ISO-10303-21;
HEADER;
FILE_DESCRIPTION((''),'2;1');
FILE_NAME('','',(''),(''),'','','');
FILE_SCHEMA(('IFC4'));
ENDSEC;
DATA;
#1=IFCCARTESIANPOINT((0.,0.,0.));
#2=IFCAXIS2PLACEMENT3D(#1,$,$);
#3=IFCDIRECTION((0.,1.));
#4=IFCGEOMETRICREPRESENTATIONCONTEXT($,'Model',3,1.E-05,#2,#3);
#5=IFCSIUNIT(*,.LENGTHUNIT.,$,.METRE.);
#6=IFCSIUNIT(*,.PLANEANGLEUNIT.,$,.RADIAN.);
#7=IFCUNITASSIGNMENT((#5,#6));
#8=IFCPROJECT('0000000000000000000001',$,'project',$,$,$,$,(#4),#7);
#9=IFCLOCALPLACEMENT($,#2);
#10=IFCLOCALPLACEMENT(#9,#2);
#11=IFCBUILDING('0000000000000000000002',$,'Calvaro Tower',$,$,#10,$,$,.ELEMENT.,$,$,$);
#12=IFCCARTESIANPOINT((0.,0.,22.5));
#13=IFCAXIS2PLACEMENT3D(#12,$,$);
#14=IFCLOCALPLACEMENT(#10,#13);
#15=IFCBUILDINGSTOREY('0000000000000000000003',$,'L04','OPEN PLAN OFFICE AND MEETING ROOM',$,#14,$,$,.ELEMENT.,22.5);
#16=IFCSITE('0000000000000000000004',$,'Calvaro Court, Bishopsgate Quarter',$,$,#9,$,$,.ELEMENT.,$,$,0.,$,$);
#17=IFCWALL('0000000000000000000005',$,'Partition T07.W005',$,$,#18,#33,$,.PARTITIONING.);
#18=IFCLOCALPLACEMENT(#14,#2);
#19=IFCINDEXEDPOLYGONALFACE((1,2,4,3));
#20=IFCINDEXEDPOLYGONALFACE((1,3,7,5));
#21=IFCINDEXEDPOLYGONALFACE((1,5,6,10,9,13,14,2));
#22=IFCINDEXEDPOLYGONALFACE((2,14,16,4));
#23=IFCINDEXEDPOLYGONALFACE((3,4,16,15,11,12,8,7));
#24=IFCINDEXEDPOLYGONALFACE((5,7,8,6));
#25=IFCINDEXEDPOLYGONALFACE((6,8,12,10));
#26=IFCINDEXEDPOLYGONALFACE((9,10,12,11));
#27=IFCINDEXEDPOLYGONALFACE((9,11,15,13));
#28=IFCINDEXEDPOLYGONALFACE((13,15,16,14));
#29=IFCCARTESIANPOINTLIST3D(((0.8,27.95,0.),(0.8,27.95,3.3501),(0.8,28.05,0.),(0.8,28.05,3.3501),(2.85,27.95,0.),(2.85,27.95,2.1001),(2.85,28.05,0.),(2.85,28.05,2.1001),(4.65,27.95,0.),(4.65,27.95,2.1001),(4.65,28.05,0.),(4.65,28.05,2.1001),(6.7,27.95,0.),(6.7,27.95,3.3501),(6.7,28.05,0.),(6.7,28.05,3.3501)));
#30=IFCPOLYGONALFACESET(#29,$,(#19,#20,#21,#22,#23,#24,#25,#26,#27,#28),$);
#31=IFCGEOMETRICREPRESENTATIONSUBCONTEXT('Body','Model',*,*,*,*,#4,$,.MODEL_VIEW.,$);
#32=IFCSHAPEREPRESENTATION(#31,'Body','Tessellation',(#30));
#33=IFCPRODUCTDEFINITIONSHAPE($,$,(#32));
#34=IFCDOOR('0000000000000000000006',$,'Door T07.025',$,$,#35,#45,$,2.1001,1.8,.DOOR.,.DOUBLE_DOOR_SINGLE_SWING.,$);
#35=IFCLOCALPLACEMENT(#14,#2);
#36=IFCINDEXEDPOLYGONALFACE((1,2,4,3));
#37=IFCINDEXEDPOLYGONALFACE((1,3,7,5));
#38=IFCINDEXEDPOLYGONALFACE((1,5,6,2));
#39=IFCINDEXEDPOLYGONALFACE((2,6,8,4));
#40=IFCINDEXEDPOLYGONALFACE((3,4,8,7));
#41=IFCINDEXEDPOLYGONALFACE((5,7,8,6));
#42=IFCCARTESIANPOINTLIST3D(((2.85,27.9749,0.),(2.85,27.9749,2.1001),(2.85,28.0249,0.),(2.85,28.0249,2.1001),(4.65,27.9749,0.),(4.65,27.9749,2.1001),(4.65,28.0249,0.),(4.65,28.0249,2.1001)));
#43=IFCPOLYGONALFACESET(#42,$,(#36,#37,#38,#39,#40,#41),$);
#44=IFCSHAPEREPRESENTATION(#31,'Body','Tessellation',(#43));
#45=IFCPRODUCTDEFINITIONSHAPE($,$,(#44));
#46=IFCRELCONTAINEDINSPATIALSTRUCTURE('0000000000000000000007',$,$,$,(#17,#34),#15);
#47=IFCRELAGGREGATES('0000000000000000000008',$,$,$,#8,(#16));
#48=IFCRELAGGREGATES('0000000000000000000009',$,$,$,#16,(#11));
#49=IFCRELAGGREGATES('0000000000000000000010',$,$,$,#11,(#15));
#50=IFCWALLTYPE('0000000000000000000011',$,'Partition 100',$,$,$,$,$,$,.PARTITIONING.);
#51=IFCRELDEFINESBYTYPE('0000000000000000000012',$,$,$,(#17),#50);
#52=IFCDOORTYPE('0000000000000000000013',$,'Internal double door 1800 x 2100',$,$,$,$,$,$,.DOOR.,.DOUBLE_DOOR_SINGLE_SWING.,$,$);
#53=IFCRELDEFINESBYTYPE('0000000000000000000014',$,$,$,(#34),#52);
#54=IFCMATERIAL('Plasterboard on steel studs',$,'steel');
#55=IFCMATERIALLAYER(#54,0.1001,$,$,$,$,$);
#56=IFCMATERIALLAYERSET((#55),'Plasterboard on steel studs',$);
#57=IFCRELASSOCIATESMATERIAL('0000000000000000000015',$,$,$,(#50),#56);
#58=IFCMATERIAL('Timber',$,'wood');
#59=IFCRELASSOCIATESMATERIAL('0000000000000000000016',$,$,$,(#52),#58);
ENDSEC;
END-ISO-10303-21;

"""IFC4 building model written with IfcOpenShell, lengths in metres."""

from ifc_helpers import new_model, si_unit, direction, frame, frame_2d, origin, place, context, subcontext, project, spatial, rectangle, extrude, material, layer, layer_set, type_object, element, fill, save


model = new_model("IFC4")

# Units and contexts
model_context = context("Model", 3, precision=1e-05, world=origin(), true_north=direction((0.0, 1.0)))
body_context = subcontext(model_context, "Body", "Model", "MODEL_VIEW")
ifc_project = project(units=[si_unit("LENGTHUNIT", "METRE"), si_unit("PLANEANGLEUNIT", "RADIAN")], contexts=[model_context])

# Site, building, storey
site_placement = place(None, origin())
site = spatial("IfcSite", under=ifc_project, at=site_placement, Name="Calvaro Court, Bishopsgate Quarter", CompositionType="ELEMENT", RefElevation=0.0)
building_placement = place(site_placement, origin())
building = spatial("IfcBuilding", under=site, at=building_placement, Name="Calvaro Tower", CompositionType="ELEMENT")
storey_placement = place(building_placement, frame((0.0, 0.0, 22.5)))
storey = spatial("IfcBuildingStorey", under=building, at=storey_placement, Name="L04", Description="OPEN PLAN OFFICE AND MEETING ROOM", CompositionType="ELEMENT", Elevation=22.5)

# Wall, opening, door
ifc_material_1 = material(Name="Plasterboard on steel studs", Category="steel")
ifc_layer = layer(ifc_material_1, 0.1001)
ifc_layer_set = layer_set([ifc_layer], Name="Plasterboard on steel studs")
wall_type = type_object("IfcWallType", Name="Partition 100", PredefinedType="PARTITIONING", material=ifc_layer_set)
wall_placement = place(storey_placement, frame((0.8, 28.0, 0.0), z_axis=(0.0, 0.0, 1.0), x_axis=(1.0, 0.0, 0.0)))
wall = element("IfcWall", 1, at=wall_placement, inside=storey, type_object=wall_type, Name="Partition T07.W005", PredefinedType="PARTITIONING", context=body_context, shape_type="SweptSolid", body=[
    extrude(rectangle(XDim=5.8999, YDim=0.1001, at=frame_2d((2.95, 0.0))), origin(), (0.0, 0.0, 1.0), 3.3501),
])
opening_placement = place(wall_placement, frame((2.05, 0.0, 0.0)))
opening = element("IfcOpeningElement", 2, at=opening_placement, cuts=wall, PredefinedType="OPENING", context=body_context, shape_type="SweptSolid", body=[
    extrude(rectangle(XDim=1.8, YDim=2.1001, at=frame_2d((0.8999, 1.05))), frame((0.0, 0.0601, 0.0), z_axis=(0.0, -1.0, 0.0), x_axis=(1.0, 0.0, 0.0)), (0.0, 0.0, 1.0), 0.1201),
])
ifc_material_2 = material(Name="Timber", Category="wood")
door_type = type_object("IfcDoorType", Name="Internal double door 1800 x 2100", OperationType="DOUBLE_DOOR_SINGLE_SWING", PredefinedType="DOOR", material=ifc_material_2)
door_placement = place(opening_placement, origin())
door = element("IfcDoor", 3, at=door_placement, inside=storey, type_object=door_type, Name="Door T07.025", OperationType="DOUBLE_DOOR_SINGLE_SWING", OverallHeight=2.1001, OverallWidth=1.8, PredefinedType="DOOR", context=body_context, shape_type="SweptSolid", body=[
    extrude(rectangle(XDim=1.8, YDim=2.1001, at=frame_2d((0.8999, 1.05))), frame((0.0, 0.0249, 0.0), z_axis=(0.0, -1.0, 0.0), x_axis=(1.0, 0.0, 0.0)), (0.0, 0.0, 1.0), 0.05),
])
fill(opening, door)

save(model, "model.ifc")
